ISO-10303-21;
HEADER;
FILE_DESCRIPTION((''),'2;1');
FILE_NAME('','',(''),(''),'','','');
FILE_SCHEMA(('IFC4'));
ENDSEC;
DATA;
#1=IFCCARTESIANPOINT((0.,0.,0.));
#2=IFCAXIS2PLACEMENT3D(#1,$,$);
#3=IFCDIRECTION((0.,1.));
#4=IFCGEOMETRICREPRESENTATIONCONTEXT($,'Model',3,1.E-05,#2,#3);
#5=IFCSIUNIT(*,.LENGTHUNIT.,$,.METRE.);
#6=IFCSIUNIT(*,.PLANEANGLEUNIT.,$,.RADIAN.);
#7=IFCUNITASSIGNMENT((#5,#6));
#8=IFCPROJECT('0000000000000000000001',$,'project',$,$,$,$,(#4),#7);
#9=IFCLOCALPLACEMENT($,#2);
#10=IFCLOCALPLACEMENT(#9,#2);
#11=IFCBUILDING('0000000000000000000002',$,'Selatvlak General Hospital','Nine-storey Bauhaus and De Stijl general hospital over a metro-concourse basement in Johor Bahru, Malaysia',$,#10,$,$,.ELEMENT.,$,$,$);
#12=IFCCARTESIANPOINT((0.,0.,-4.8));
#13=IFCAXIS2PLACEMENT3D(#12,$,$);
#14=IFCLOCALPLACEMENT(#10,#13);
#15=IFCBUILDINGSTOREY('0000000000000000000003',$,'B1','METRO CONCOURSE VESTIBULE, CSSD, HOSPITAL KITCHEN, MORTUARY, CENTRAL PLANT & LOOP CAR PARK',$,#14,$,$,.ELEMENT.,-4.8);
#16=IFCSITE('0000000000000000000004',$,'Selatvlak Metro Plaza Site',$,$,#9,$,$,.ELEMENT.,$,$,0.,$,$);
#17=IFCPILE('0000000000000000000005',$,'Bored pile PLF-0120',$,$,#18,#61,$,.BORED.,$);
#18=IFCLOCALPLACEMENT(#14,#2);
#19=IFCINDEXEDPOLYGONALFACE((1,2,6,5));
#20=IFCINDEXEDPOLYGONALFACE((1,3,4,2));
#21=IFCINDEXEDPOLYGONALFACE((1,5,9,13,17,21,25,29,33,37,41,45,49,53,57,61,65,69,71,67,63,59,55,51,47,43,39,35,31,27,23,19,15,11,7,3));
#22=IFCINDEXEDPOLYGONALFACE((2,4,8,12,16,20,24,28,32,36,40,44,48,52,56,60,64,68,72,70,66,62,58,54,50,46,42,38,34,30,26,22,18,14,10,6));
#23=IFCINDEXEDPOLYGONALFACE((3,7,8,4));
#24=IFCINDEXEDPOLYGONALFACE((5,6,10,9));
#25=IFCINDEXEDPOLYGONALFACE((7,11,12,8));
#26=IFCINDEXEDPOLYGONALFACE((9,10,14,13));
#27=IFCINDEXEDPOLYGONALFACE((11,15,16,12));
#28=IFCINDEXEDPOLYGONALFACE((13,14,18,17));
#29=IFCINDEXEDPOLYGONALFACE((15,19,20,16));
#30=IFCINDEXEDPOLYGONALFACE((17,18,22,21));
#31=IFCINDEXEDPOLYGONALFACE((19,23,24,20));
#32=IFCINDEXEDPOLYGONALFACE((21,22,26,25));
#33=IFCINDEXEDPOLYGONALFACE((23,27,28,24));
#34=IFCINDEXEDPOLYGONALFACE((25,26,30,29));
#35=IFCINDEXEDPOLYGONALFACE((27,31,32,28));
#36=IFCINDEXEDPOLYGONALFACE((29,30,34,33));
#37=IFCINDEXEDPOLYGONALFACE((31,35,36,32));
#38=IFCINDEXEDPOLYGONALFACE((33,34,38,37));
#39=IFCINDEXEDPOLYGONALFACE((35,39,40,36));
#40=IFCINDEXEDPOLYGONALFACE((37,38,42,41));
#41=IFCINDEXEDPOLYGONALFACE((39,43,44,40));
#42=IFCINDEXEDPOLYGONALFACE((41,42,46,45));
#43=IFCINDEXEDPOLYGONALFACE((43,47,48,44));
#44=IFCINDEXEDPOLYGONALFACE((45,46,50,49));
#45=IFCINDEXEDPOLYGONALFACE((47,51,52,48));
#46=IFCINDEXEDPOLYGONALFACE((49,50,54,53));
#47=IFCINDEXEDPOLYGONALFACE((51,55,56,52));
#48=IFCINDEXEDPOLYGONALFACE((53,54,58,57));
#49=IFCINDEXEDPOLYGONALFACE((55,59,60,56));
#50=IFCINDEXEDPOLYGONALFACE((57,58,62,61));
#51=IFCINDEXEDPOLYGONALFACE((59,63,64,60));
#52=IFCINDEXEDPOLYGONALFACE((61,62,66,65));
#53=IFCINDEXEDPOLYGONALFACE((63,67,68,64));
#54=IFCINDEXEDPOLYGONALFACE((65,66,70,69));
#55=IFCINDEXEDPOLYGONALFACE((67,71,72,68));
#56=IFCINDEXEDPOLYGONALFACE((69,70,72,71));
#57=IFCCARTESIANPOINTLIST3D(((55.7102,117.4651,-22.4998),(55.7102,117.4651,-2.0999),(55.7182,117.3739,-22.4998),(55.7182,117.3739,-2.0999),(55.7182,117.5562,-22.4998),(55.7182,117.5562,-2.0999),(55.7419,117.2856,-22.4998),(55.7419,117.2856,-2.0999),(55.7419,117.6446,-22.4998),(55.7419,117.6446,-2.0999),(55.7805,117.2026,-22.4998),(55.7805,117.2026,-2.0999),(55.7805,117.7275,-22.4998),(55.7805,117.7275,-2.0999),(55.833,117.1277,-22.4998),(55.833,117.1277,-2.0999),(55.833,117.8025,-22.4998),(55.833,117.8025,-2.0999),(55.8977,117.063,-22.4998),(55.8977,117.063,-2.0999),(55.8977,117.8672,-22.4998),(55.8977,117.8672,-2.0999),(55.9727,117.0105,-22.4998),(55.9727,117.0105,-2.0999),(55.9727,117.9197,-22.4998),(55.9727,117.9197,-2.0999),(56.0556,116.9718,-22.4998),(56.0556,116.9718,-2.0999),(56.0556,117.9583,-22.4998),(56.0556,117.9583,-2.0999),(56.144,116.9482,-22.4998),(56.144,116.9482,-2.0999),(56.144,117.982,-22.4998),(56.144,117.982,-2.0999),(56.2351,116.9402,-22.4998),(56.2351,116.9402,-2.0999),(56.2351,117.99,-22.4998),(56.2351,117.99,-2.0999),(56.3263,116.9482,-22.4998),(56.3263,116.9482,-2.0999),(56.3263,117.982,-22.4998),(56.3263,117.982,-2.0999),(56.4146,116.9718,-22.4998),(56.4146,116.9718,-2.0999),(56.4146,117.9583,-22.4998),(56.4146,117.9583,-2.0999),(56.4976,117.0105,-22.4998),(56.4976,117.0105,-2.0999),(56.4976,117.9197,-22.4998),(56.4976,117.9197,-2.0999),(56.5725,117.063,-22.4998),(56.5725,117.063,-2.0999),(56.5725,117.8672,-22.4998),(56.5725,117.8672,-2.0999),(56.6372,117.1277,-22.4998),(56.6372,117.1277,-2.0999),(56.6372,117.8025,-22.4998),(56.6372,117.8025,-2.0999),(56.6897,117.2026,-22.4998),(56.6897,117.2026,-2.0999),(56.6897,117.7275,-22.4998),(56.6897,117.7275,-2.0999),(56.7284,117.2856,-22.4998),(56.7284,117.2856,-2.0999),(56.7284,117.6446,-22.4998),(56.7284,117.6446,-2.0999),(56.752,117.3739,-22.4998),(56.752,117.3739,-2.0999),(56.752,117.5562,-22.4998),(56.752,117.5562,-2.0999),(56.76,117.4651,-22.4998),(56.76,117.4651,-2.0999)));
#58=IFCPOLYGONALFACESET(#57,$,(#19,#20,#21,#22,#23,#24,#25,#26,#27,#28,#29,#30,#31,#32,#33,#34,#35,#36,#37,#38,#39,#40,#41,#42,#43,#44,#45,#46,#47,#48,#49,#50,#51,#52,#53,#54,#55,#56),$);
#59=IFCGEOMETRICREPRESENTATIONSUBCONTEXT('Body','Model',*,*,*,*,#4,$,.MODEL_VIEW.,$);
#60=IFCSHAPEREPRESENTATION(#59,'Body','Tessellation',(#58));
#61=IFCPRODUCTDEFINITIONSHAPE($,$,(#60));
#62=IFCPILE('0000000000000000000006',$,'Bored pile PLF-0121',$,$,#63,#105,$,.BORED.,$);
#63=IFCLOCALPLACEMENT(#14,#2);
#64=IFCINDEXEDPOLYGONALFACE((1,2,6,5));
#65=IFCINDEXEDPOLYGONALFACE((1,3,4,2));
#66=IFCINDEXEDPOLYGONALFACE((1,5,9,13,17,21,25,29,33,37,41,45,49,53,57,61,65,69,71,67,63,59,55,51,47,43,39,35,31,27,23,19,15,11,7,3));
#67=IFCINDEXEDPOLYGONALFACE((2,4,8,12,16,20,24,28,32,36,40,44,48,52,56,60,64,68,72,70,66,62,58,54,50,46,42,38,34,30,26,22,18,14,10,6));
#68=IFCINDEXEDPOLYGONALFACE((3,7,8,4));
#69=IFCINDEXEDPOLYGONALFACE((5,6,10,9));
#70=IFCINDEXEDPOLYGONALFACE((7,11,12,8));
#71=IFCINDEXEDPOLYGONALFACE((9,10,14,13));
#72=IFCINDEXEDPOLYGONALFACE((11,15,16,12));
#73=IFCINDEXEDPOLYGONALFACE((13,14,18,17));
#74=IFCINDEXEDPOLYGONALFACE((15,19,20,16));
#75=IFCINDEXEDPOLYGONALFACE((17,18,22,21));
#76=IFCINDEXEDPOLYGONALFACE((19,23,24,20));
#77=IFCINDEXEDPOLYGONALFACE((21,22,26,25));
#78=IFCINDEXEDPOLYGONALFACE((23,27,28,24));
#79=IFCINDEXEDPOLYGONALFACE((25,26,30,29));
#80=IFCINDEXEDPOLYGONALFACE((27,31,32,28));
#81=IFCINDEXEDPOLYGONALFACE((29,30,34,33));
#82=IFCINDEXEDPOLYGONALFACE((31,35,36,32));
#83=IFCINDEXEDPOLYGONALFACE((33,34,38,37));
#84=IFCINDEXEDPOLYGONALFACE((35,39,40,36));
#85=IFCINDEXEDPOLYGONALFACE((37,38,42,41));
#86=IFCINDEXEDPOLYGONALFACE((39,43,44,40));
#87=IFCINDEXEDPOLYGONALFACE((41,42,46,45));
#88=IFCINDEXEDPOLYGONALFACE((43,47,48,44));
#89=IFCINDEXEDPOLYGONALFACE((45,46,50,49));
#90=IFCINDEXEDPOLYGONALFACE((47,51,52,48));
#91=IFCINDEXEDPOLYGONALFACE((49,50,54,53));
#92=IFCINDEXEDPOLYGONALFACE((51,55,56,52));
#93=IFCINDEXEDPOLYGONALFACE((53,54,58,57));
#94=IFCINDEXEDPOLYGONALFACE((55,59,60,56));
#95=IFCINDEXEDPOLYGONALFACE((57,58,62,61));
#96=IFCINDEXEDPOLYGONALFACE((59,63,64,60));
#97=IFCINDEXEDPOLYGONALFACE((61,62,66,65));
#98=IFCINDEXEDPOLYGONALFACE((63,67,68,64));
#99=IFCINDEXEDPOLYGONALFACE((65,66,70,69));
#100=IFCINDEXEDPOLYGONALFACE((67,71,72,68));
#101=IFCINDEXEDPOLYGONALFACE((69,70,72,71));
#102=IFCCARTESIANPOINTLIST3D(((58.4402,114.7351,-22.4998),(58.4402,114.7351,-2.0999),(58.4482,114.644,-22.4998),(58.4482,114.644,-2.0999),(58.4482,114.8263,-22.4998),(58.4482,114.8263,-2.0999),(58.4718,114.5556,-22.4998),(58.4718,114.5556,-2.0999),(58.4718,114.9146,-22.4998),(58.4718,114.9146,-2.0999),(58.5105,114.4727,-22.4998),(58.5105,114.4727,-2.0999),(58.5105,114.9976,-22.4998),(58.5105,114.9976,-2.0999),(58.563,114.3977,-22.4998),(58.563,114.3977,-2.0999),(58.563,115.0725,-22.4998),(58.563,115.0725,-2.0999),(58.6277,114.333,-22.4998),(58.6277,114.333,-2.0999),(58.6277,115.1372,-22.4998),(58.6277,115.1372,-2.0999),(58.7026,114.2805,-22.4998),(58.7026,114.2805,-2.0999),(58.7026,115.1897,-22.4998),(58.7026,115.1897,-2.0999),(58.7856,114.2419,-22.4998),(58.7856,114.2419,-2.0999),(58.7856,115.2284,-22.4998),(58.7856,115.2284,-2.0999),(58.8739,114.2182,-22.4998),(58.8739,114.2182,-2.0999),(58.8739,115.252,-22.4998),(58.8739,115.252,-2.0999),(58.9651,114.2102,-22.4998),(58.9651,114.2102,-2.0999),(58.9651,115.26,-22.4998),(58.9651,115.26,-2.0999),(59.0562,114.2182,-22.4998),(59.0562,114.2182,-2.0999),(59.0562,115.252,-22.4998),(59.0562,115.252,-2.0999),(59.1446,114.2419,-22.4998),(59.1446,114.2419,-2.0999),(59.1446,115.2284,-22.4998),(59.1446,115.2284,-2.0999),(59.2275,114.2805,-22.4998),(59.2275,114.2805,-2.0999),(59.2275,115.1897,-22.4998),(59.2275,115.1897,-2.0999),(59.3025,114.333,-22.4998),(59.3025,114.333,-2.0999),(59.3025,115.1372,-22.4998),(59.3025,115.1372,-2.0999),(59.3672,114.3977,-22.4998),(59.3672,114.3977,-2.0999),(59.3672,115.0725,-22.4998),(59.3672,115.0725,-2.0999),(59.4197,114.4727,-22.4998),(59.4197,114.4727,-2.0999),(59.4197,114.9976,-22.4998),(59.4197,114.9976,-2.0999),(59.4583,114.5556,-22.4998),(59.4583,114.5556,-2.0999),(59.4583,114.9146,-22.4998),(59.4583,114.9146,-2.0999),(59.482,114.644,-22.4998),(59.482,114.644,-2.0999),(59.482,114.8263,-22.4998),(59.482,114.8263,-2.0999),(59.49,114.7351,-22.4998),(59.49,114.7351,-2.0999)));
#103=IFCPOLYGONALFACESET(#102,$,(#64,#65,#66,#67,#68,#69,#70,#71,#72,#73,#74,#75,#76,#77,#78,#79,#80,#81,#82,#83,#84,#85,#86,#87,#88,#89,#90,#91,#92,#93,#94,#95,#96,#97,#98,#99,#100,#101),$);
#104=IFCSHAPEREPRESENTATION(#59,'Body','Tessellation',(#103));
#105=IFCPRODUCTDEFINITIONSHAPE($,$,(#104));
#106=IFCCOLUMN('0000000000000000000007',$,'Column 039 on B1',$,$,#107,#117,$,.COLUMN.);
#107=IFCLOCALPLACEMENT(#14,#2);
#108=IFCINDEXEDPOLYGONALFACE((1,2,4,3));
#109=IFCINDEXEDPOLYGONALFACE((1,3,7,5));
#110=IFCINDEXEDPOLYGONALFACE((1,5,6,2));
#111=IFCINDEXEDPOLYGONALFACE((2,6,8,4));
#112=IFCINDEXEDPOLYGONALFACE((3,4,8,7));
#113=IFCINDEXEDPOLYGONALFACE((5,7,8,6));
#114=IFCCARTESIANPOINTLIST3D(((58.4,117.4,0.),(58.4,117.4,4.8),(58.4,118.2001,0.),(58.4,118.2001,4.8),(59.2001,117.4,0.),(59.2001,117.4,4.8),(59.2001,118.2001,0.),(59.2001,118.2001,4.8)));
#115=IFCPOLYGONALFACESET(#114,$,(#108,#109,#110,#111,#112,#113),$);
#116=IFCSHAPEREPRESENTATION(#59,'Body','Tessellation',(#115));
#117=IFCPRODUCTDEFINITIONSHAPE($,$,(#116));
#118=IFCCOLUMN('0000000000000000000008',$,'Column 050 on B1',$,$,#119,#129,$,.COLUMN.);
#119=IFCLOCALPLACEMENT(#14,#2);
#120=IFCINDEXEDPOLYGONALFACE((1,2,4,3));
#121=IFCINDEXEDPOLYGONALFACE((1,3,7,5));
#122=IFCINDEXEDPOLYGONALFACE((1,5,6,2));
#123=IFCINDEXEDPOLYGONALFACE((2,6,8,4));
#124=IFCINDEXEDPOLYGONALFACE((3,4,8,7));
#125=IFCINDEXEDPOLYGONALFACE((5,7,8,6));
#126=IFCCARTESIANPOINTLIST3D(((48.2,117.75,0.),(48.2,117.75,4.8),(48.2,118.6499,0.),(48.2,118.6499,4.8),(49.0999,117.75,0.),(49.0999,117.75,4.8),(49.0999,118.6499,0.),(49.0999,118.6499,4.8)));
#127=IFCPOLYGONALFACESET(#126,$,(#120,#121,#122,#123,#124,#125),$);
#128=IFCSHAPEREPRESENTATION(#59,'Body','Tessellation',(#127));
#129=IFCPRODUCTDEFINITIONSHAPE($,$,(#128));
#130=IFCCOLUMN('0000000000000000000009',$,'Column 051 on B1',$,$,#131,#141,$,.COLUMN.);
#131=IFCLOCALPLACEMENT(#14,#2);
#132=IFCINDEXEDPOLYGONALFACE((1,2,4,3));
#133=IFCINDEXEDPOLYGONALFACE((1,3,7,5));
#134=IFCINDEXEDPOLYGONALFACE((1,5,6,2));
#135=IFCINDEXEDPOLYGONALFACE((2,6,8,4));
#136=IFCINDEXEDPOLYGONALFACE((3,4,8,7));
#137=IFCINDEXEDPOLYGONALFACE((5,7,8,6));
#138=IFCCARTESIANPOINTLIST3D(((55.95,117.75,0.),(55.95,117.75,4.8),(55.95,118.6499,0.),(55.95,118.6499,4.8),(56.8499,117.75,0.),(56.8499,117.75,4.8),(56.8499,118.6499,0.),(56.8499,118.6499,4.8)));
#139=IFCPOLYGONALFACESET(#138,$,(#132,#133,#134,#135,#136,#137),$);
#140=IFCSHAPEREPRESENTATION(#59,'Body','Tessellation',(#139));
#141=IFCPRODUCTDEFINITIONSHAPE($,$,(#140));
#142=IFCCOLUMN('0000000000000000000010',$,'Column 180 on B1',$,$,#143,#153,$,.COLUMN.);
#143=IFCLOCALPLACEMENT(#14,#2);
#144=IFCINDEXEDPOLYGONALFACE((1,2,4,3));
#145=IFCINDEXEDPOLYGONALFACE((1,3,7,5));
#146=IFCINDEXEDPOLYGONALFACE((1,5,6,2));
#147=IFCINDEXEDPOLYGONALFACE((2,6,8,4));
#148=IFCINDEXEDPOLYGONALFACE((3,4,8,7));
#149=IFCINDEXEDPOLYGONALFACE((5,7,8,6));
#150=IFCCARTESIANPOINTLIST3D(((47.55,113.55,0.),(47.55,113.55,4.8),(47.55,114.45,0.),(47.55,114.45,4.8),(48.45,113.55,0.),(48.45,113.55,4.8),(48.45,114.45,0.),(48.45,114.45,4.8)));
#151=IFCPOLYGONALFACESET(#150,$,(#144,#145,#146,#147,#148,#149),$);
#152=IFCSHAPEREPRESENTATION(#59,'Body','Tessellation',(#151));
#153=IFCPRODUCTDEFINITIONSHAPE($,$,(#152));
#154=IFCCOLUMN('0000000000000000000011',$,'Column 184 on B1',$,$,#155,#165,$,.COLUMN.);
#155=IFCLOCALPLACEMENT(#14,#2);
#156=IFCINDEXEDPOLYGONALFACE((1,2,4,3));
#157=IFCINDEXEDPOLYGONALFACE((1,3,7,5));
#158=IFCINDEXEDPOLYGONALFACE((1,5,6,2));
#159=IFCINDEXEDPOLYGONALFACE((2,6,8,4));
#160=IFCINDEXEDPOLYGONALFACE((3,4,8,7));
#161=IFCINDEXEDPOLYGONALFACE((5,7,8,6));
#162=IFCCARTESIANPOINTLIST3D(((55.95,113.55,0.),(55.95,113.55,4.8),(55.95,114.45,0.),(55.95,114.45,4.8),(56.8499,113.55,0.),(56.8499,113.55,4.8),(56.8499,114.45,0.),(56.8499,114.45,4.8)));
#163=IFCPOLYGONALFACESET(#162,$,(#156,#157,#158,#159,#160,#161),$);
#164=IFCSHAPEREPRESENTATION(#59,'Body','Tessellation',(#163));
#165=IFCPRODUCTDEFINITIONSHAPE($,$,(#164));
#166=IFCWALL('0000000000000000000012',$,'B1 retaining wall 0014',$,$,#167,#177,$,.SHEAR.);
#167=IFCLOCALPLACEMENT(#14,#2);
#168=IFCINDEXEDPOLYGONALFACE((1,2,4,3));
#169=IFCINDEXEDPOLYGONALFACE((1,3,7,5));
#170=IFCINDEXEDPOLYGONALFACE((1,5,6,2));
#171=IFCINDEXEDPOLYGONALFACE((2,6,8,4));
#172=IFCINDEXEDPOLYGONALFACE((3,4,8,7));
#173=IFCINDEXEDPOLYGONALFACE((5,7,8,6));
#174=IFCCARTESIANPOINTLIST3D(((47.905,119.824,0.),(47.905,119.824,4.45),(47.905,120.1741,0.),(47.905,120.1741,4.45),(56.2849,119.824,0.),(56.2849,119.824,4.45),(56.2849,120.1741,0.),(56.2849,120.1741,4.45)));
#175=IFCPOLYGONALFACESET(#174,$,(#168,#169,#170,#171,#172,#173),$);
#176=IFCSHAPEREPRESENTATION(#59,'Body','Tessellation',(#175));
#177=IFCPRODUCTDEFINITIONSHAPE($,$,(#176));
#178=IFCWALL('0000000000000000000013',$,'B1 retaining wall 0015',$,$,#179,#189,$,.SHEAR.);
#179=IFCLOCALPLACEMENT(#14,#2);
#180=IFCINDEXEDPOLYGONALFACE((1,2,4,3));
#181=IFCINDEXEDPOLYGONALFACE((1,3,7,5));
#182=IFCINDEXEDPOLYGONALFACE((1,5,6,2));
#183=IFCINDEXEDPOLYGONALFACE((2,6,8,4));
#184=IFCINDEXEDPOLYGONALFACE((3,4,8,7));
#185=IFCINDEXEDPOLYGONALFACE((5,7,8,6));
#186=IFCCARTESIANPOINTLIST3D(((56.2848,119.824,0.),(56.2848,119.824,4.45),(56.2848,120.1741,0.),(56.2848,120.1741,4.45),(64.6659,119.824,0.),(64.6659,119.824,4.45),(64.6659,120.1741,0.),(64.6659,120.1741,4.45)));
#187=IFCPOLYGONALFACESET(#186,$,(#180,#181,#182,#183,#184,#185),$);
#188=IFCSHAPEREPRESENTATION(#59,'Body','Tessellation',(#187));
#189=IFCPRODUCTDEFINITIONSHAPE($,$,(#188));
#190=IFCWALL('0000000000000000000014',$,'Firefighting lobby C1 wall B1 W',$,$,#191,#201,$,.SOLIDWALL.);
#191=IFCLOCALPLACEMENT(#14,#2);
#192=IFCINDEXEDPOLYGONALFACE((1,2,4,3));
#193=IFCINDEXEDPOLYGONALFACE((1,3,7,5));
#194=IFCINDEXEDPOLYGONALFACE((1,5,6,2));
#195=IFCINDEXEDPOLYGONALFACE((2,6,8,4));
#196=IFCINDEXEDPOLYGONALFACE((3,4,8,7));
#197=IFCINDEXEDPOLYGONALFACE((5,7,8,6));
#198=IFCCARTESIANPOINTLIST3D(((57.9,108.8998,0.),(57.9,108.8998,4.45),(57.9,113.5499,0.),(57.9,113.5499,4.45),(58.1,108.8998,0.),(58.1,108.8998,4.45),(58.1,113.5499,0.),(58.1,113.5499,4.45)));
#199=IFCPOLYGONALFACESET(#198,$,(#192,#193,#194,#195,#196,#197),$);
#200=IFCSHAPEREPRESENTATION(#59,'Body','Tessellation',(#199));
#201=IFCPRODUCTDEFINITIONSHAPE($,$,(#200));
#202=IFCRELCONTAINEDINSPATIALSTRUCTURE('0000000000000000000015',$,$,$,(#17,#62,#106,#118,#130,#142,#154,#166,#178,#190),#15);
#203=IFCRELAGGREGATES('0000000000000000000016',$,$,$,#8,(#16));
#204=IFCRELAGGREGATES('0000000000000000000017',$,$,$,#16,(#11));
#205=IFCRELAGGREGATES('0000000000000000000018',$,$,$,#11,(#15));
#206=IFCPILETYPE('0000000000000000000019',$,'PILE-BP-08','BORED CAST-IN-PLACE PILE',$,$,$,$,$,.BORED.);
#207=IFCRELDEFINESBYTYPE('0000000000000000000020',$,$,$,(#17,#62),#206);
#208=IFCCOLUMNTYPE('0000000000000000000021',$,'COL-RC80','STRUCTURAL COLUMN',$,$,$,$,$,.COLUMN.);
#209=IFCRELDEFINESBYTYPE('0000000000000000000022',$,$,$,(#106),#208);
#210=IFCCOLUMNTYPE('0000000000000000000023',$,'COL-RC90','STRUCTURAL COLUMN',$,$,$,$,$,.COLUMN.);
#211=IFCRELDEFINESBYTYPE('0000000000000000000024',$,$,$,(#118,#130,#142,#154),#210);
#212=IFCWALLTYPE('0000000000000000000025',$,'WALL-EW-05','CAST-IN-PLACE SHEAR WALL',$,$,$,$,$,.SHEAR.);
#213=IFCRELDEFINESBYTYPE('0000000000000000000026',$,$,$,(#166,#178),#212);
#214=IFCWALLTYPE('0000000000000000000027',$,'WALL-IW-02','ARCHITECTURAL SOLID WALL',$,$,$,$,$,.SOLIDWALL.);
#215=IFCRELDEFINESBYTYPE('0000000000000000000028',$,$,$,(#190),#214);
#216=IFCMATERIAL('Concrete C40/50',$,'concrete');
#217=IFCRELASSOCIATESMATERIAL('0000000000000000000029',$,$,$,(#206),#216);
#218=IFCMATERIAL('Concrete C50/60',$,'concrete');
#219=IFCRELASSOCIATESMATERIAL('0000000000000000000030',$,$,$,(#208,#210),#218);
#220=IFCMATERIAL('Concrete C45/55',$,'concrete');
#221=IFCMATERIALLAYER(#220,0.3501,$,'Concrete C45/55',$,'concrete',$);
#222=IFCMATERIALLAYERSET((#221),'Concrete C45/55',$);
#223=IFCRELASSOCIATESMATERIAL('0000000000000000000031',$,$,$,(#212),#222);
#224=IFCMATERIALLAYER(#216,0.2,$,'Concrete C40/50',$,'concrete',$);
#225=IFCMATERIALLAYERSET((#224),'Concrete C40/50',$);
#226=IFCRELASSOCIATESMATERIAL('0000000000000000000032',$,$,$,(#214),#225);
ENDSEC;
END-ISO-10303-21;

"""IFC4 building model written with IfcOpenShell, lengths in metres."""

from ifc_helpers import new_model, si_unit, direction, frame, frame_2d, origin, origin_2d, place, context, subcontext, project, spatial, rectangle, circle, extrude, material, layer, layer_set, material_profile, profile_set, type_object, element, save


model = new_model("IFC4")

# Units and contexts
model_context = context("Model", 3, precision=1e-05, world=origin(), true_north=direction((0.0, 1.0)))
body_context = subcontext(model_context, "Body", "Model", "MODEL_VIEW")
ifc_project = project(units=[si_unit("LENGTHUNIT", "METRE"), si_unit("PLANEANGLEUNIT", "RADIAN")], contexts=[model_context])

# Site, building, storey
site_placement = place(None, origin())
site = spatial("IfcSite", under=ifc_project, at=site_placement, Name="Selatvlak Metro Plaza Site", CompositionType="ELEMENT", RefElevation=0.0)
building_placement = place(site_placement, origin())
building = spatial("IfcBuilding", under=site, at=building_placement, Name="Selatvlak General Hospital", Description="Nine-storey Bauhaus and De Stijl general hospital over a metro-concourse basement in Johor Bahru, Malaysia", CompositionType="ELEMENT")
storey_placement = place(building_placement, frame((0.0, 0.0, -4.8)))
storey = spatial("IfcBuildingStorey", under=building, at=storey_placement, Name="B1", Description="METRO CONCOURSE VESTIBULE, CSSD, HOSPITAL KITCHEN, MORTUARY, CENTRAL PLANT & LOOP CAR PARK", CompositionType="ELEMENT", Elevation=-4.8)

# Shared definitions
ifc_material_1 = material(Name="Concrete C40/50", Category="concrete")

# Piles
ifc_material_profile_1 = material_profile(ifc_material_1, circle(Radius=0.5249, at=origin_2d()), Name="BORED PILE 1050")
ifc_profile_set_1 = profile_set([ifc_material_profile_1], Name="Concrete C40/50")
pile_type_1 = type_object("IfcPileType", Name="PILE-BP-08", Description="BORED CAST-IN-PLACE PILE", PredefinedType="BORED", material=ifc_profile_set_1)
for number, where, z_axis, x_axis, name in (
    (1, (56.2351, 117.4651, -2.0999), (0.0, 0.0, -1.0), (1.0, 0.0, 0.0), "Bored pile PLF-0120"),
    (2, (58.9651, 114.7351, -2.0999), (0.0, 0.0, -1.0), (1.0, 0.0, 0.0), "Bored pile PLF-0121"),
):
    element("IfcPile", number, at=place(storey_placement, frame(where, z_axis=z_axis, x_axis=x_axis)), inside=storey, type_object=pile_type_1, Name=name, PredefinedType="BORED", context=body_context, shape_type="SweptSolid", body=[
        extrude(circle(Radius=0.5249, at=origin_2d()), origin(), (0.0, 0.0, 1.0), 20.3999),
    ])

# Columns
ifc_material_2 = material(Name="Concrete C50/60", Category="concrete")
ifc_material_profile_2 = material_profile(ifc_material_2, rectangle(XDim=0.8, YDim=0.8, at=origin_2d()), Name="RC-COL 800x800")
ifc_profile_set_2 = profile_set([ifc_material_profile_2], Name="Concrete C50/60")
column_type_1 = type_object("IfcColumnType", Name="COL-RC80", Description="STRUCTURAL COLUMN", PredefinedType="COLUMN", material=ifc_profile_set_2)
column_placement = place(storey_placement, frame((58.8, 117.8, 0.0), z_axis=(0.0, 0.0, 1.0), x_axis=(1.0, 0.0, 0.0)))
element("IfcColumn", 3, at=column_placement, inside=storey, type_object=column_type_1, Name="Column 039 on B1", PredefinedType="COLUMN", context=body_context, shape_type="SweptSolid", body=[
    extrude(rectangle(XDim=0.8, YDim=0.8, at=origin_2d()), origin(), (0.0, 0.0, 1.0), 4.8),
])
ifc_material_profile_3 = material_profile(ifc_material_2, rectangle(XDim=0.8999, YDim=0.8999, at=origin_2d()), Name="RC-COL 900x900")
ifc_profile_set_3 = profile_set([ifc_material_profile_3], Name="Concrete C50/60")
column_type_2 = type_object("IfcColumnType", Name="COL-RC90", Description="STRUCTURAL COLUMN", PredefinedType="COLUMN", material=ifc_profile_set_3)
for number, where, z_axis, x_axis, name in (
    (4, (48.6499, 118.2, 0.0), (0.0, 0.0, 1.0), (1.0, 0.0, 0.0), "Column 050 on B1"),
    (5, (56.3999, 118.2, 0.0), (0.0, 0.0, 1.0), (1.0, 0.0, 0.0), "Column 051 on B1"),
    (6, (48.0, 114.0, 0.0), (0.0, 0.0, 1.0), (1.0, 0.0, 0.0), "Column 180 on B1"),
    (7, (56.3999, 114.0, 0.0), (0.0, 0.0, 1.0), (1.0, 0.0, 0.0), "Column 184 on B1"),
):
    element("IfcColumn", number, at=place(storey_placement, frame(where, z_axis=z_axis, x_axis=x_axis)), inside=storey, type_object=column_type_2, Name=name, PredefinedType="COLUMN", context=body_context, shape_type="SweptSolid", body=[
        extrude(rectangle(XDim=0.8999, YDim=0.8999, at=origin_2d()), origin(), (0.0, 0.0, 1.0), 4.8),
    ])

# Walls
ifc_material_3 = material(Name="Concrete C45/55", Category="concrete")
ifc_layer_1 = layer(ifc_material_3, 0.3501, Name="Concrete C45/55", Category="concrete")
ifc_layer_set_1 = layer_set([ifc_layer_1], Name="Concrete C45/55")
wall_type_1 = type_object("IfcWallType", Name="WALL-EW-05", Description="CAST-IN-PLACE SHEAR WALL", PredefinedType="SHEAR", material=ifc_layer_set_1)
wall_1_placement = place(storey_placement, frame((47.905, 119.999, 0.0), z_axis=(0.0, 0.0, 1.0), x_axis=(1.0, 0.0, 0.0)))
element("IfcWall", 8, at=wall_1_placement, inside=storey, type_object=wall_type_1, Name="B1 retaining wall 0014", PredefinedType="SHEAR", context=body_context, shape_type="SweptSolid", body=[
    extrude(rectangle(XDim=8.3799, YDim=0.3501, at=frame_2d((4.1899, 0.0))), origin(), (0.0, 0.0, 1.0), 4.45),
])
wall_2_placement = place(storey_placement, frame((56.2849, 119.999, 0.0), z_axis=(0.0, 0.0, 1.0), x_axis=(1.0, 0.0, 0.0)))
element("IfcWall", 9, at=wall_2_placement, inside=storey, type_object=wall_type_1, Name="B1 retaining wall 0015", PredefinedType="SHEAR", context=body_context, shape_type="SweptSolid", body=[
    extrude(rectangle(XDim=8.3811, YDim=0.3501, at=frame_2d((4.1904, 0.0))), origin(), (0.0, 0.0, 1.0), 4.45),
])
ifc_layer_2 = layer(ifc_material_1, 0.2, Name="Concrete C40/50", Category="concrete")
ifc_layer_set_2 = layer_set([ifc_layer_2], Name="Concrete C40/50")
wall_type_2 = type_object("IfcWallType", Name="WALL-IW-02", Description="ARCHITECTURAL SOLID WALL", PredefinedType="SOLIDWALL", material=ifc_layer_set_2)
wall_3_placement = place(storey_placement, frame((58.0, 113.55, 0.0), z_axis=(0.0, 0.0, 1.0), x_axis=(0.0, -1.0, 0.0)))
element("IfcWall", 10, at=wall_3_placement, inside=storey, type_object=wall_type_2, Name="Firefighting lobby C1 wall B1 W", PredefinedType="SOLIDWALL", context=body_context, shape_type="SweptSolid", body=[
    extrude(rectangle(XDim=4.6501, YDim=0.2, at=frame_2d((2.3252, 0.0))), origin(), (0.0, 0.0, 1.0), 4.45),
])

save(model, "model.ifc")
